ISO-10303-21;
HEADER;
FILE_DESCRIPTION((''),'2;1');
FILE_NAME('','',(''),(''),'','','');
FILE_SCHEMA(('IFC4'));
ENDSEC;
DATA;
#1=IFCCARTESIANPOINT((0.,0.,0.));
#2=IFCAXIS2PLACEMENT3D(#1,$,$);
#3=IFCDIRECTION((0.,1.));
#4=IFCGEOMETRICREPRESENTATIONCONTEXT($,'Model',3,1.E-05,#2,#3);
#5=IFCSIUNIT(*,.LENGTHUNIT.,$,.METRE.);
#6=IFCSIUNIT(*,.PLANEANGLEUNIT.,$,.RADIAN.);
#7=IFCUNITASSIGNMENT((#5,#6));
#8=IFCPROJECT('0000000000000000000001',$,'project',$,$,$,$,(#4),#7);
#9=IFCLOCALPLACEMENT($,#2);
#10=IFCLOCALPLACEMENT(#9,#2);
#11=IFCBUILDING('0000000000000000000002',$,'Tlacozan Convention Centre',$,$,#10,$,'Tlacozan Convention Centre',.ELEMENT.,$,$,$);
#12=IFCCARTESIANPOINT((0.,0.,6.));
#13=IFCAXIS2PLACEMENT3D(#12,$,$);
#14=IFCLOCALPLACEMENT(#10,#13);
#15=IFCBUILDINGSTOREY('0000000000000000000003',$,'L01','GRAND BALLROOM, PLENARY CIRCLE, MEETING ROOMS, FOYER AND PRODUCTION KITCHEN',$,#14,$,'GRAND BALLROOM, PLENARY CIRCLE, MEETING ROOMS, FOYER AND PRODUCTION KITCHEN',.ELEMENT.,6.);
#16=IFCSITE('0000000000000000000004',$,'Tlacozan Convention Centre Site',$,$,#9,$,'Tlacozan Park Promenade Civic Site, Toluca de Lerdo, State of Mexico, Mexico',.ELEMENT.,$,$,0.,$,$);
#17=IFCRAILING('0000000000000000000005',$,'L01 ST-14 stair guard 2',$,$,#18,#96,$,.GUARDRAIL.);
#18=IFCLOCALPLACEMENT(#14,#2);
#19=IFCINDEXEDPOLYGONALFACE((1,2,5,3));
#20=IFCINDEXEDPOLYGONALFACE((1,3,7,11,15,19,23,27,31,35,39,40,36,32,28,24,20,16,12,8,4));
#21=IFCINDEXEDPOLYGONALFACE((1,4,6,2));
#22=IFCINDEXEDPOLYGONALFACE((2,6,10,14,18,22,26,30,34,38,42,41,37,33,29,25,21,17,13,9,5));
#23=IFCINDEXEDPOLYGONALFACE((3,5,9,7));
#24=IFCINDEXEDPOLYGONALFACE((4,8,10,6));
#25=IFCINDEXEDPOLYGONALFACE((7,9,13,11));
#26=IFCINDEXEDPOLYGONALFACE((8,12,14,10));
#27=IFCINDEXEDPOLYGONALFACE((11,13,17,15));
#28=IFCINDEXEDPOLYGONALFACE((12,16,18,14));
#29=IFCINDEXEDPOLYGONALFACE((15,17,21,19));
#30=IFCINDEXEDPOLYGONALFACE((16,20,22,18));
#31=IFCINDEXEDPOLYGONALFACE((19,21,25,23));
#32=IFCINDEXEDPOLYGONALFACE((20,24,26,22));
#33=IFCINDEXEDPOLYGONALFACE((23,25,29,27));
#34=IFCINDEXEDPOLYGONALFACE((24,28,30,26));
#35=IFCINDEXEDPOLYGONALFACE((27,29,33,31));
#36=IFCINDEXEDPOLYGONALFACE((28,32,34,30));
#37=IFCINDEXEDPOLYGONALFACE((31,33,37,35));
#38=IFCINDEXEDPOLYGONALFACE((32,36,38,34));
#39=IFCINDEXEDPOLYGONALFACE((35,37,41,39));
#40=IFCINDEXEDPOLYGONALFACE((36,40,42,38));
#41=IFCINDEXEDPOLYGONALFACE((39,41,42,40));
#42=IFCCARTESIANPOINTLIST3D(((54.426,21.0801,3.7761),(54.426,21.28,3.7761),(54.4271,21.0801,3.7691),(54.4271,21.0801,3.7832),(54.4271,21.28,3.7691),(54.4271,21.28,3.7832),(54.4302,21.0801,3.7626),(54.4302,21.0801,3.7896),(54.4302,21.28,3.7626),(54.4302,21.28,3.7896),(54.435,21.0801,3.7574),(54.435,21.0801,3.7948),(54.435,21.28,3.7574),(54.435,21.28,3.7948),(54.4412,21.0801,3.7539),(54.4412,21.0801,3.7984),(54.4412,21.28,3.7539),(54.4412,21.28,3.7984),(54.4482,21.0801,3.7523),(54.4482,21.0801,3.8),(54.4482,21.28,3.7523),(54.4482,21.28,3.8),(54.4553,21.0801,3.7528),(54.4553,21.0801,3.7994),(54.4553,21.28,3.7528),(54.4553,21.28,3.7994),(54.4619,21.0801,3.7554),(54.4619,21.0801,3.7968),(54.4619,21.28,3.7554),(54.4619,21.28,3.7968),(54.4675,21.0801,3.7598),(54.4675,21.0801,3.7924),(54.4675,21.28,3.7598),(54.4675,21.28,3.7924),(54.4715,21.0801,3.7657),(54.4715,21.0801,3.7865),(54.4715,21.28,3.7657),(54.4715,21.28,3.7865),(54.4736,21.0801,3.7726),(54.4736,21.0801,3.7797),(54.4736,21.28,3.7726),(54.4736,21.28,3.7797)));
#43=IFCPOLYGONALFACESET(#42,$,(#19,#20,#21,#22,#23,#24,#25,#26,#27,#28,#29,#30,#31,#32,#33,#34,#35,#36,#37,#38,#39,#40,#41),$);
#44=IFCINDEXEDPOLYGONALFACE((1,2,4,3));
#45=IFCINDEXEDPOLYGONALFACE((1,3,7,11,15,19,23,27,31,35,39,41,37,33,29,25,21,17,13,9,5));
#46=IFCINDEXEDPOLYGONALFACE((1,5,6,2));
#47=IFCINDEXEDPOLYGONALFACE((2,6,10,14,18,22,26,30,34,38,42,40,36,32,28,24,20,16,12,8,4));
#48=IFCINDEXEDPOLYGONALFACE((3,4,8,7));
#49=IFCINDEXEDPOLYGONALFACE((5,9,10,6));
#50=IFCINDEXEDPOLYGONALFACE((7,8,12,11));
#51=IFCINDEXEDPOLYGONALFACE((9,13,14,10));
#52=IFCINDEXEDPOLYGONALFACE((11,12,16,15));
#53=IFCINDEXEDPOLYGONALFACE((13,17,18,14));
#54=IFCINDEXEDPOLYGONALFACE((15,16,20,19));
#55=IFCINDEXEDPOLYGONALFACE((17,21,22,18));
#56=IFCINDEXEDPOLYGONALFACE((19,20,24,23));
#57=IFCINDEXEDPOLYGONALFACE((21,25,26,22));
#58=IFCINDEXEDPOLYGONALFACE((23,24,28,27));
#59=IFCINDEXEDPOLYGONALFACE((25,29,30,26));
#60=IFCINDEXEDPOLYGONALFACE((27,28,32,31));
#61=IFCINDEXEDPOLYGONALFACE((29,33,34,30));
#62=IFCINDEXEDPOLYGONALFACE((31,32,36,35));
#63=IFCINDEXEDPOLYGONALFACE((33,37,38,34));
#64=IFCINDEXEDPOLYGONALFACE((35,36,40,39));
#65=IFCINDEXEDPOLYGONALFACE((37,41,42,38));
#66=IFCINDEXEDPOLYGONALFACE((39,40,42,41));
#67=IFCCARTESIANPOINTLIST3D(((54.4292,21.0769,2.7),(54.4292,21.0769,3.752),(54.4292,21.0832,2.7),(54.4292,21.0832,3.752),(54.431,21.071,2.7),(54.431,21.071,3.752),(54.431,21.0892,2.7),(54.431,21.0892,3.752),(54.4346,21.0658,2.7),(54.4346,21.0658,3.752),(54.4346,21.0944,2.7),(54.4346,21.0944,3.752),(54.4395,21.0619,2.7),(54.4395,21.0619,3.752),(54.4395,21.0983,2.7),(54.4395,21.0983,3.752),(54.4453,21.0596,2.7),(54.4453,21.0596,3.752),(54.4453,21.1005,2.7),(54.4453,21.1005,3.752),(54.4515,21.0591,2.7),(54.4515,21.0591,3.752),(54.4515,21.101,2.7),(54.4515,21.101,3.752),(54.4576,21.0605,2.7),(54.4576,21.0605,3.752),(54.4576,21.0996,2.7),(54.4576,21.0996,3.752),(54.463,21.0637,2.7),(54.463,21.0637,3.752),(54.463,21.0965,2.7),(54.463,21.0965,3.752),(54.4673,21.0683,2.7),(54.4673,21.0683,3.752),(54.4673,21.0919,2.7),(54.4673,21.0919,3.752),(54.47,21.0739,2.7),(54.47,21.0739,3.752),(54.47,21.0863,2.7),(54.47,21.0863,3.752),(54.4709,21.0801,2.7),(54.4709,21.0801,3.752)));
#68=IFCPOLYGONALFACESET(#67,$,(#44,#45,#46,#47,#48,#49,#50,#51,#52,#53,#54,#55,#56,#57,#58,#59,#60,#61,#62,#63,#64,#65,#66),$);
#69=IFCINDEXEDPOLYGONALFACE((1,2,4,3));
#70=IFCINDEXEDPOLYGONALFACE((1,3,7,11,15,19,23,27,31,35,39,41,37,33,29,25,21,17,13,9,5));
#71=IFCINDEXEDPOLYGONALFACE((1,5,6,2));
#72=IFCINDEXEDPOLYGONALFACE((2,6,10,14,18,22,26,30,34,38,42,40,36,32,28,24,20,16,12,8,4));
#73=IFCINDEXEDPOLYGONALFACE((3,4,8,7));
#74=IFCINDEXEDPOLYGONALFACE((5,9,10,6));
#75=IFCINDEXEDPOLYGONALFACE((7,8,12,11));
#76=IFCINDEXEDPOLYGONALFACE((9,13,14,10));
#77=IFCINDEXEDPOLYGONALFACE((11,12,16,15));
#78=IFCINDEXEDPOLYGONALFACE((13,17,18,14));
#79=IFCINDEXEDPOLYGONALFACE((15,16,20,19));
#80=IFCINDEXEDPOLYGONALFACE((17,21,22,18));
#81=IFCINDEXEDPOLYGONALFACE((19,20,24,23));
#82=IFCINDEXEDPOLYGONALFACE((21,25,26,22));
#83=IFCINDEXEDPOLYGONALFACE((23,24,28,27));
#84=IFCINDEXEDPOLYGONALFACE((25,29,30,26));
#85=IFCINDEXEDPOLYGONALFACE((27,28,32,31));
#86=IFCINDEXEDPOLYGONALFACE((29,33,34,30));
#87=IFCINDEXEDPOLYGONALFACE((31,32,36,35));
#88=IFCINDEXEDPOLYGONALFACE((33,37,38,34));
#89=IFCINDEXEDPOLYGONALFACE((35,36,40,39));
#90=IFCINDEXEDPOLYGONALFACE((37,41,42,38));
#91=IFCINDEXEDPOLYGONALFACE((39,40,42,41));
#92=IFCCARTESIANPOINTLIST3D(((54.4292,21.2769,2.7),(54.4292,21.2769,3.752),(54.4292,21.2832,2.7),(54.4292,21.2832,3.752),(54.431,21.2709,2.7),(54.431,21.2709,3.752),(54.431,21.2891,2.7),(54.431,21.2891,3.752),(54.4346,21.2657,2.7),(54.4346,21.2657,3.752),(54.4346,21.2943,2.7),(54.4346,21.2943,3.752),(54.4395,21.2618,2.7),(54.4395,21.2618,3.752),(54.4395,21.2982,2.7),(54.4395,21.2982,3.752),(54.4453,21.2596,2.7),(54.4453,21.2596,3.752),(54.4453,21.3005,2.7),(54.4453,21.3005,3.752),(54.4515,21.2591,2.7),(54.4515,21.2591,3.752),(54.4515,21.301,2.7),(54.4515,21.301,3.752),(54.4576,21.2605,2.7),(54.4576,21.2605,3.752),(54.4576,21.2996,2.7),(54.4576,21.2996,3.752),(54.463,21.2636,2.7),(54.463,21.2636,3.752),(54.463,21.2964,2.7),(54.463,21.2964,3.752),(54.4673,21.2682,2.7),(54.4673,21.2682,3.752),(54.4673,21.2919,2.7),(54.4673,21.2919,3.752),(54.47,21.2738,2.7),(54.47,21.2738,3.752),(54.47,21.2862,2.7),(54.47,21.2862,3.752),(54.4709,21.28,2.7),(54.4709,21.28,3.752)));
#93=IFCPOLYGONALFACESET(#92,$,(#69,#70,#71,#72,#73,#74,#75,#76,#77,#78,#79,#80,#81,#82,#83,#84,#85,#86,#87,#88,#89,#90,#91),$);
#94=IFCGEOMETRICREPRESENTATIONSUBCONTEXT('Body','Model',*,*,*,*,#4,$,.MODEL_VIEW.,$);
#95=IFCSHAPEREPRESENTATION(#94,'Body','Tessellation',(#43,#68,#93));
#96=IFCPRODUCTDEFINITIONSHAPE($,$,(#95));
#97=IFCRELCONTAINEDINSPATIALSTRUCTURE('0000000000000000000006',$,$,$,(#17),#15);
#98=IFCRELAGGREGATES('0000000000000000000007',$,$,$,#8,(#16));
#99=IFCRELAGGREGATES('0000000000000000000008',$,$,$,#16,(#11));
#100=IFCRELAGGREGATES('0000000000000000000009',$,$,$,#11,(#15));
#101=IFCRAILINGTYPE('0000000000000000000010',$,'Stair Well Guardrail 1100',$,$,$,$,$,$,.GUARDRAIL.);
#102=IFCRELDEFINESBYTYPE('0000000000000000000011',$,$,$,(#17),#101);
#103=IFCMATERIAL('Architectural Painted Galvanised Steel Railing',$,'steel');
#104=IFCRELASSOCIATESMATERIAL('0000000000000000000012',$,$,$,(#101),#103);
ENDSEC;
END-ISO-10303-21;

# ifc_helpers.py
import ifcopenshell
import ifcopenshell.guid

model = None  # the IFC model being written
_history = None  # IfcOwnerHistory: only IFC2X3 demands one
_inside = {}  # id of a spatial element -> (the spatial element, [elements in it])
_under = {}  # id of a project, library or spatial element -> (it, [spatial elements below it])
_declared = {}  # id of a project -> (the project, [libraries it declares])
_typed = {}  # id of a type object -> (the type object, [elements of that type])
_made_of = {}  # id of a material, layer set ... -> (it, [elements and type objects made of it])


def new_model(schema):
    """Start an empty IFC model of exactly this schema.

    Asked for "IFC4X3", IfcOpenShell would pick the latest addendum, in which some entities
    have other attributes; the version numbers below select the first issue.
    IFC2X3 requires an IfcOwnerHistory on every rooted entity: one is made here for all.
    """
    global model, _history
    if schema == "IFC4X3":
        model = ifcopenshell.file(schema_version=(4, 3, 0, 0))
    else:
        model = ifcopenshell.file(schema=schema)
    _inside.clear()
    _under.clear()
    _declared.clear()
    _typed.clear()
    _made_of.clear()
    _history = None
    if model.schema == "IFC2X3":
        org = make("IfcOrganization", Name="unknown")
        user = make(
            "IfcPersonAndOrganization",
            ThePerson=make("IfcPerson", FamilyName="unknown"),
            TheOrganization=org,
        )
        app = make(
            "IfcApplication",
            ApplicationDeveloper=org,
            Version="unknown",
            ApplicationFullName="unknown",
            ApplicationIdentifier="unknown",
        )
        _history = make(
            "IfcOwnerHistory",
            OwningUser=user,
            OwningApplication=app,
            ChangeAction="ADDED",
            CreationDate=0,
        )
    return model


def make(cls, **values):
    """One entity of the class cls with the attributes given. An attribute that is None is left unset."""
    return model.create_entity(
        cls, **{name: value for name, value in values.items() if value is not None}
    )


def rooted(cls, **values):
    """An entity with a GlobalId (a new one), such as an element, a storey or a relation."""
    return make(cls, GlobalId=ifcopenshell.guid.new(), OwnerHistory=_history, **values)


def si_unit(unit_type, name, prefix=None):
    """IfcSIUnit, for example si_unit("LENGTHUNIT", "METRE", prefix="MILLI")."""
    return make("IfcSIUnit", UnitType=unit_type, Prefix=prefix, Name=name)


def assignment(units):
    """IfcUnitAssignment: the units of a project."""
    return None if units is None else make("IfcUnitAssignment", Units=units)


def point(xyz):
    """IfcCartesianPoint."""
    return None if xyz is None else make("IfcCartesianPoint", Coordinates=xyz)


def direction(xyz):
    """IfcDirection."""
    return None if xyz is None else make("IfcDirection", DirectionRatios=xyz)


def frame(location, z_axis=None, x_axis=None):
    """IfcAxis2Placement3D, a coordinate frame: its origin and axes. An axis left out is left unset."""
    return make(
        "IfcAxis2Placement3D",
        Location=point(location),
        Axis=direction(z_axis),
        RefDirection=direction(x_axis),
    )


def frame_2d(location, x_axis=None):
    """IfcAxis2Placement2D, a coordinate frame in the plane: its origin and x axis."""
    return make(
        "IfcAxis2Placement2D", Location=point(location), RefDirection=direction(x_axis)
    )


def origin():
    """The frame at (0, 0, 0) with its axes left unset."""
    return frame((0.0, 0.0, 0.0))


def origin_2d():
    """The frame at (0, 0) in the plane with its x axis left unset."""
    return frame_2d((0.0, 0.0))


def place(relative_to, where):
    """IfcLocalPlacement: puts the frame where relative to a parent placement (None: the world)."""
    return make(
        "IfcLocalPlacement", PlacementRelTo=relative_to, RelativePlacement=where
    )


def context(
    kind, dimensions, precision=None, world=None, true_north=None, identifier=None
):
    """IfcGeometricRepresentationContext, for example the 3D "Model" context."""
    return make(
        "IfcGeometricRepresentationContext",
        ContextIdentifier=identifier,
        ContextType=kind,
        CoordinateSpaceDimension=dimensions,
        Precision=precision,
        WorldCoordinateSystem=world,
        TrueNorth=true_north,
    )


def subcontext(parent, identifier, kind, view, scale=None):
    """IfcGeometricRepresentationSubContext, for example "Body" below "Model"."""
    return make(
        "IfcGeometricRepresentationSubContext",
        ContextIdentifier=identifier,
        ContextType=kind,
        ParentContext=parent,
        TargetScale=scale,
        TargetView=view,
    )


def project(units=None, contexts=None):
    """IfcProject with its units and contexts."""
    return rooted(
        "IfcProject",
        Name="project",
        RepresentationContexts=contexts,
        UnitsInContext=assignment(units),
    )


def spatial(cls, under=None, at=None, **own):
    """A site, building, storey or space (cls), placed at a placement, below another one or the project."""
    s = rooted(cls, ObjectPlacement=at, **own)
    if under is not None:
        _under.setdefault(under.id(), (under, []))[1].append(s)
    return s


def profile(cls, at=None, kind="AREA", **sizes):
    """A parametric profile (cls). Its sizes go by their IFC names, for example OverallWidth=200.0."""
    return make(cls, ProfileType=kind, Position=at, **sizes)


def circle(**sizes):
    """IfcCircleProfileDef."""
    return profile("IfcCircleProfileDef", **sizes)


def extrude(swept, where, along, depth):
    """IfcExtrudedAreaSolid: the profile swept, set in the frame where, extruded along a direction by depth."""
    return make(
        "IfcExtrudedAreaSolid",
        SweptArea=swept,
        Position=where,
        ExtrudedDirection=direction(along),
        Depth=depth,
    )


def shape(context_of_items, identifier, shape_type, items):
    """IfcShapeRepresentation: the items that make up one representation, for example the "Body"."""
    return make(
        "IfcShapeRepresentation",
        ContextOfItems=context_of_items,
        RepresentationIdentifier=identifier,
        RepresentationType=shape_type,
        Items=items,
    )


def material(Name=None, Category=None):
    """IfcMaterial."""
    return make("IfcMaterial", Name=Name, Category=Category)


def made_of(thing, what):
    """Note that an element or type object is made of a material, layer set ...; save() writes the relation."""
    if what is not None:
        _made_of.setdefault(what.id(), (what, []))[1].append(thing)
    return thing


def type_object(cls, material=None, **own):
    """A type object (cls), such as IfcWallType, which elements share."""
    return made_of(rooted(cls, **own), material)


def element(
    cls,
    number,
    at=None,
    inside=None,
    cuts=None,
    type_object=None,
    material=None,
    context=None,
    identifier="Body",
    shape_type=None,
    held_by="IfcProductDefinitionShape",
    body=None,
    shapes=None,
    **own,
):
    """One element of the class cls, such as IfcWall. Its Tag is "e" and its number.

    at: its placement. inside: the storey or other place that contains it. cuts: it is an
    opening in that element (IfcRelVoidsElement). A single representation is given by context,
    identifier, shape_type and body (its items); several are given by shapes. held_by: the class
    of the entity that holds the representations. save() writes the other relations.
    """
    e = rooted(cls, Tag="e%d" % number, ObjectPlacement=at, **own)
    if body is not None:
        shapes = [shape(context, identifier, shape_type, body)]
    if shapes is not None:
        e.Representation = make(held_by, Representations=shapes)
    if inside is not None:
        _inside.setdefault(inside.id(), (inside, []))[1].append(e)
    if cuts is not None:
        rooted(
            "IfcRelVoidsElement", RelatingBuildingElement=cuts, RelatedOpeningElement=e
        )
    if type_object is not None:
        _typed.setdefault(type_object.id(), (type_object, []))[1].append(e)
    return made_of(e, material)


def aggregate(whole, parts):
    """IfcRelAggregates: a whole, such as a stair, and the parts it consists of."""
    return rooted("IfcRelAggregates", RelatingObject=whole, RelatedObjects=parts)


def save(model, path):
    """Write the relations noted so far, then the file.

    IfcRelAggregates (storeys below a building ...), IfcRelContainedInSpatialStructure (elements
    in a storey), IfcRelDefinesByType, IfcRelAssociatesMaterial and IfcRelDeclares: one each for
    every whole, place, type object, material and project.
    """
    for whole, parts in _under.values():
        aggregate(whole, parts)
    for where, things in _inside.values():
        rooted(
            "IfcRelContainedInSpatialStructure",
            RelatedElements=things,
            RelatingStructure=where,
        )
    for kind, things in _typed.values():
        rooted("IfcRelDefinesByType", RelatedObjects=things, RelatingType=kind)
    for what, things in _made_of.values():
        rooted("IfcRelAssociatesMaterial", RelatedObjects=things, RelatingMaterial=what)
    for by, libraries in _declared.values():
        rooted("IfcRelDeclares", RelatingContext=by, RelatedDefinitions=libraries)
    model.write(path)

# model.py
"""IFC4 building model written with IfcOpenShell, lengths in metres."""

from ifc_helpers import new_model, si_unit, direction, frame, origin, origin_2d, place, context, subcontext, project, spatial, circle, extrude, material, type_object, element, save


model = new_model("IFC4")

# Units and contexts
model_context = context("Model", 3, precision=1e-05, world=origin(), true_north=direction((0.0, 1.0)))
body_context = subcontext(model_context, "Body", "Model", "MODEL_VIEW")
ifc_project = project(units=[si_unit("LENGTHUNIT", "METRE"), si_unit("PLANEANGLEUNIT", "RADIAN")], contexts=[model_context])

# Site, building, storey
site_placement = place(None, origin())
site = spatial("IfcSite", under=ifc_project, at=site_placement, Name="Tlacozan Convention Centre Site", LongName="Tlacozan Park Promenade Civic Site, Toluca de Lerdo, State of Mexico, Mexico", CompositionType="ELEMENT", RefElevation=0.0)
building_placement = place(site_placement, origin())
building = spatial("IfcBuilding", under=site, at=building_placement, Name="Tlacozan Convention Centre", LongName="Tlacozan Convention Centre", CompositionType="ELEMENT")
storey_placement = place(building_placement, frame((0.0, 0.0, 6.0)))
storey = spatial("IfcBuildingStorey", under=building, at=storey_placement, Name="L01", Description="GRAND BALLROOM, PLENARY CIRCLE, MEETING ROOMS, FOYER AND PRODUCTION KITCHEN", LongName="GRAND BALLROOM, PLENARY CIRCLE, MEETING ROOMS, FOYER AND PRODUCTION KITCHEN", CompositionType="ELEMENT", Elevation=6.0)

# Railing
ifc_material_1 = material(Name="Architectural Painted Galvanised Steel Railing", Category="steel")
railing_type_1 = type_object("IfcRailingType", Name="Stair Well Guardrail 1100", PredefinedType="GUARDRAIL", material=ifc_material_1)
railing_1_placement = place(storey_placement, frame((54.45, 21.0801, 2.7)))
element("IfcRailing", 1, at=railing_1_placement, inside=storey, type_object=railing_type_1, Name="L01 ST-14 stair guard 2", PredefinedType="GUARDRAIL", context=body_context, shape_type="SweptSolid", body=[
    extrude(circle(Radius=0.0239, at=origin_2d()), frame((0.0, 0.0, 1.0762), z_axis=(0.0, 1.0, 0.0), x_axis=(-1.0, 0.0, 0.0)), (0.0, 0.0, 1.0), 0.2),
    extrude(circle(Radius=0.021, at=origin_2d()), origin(), (0.0, 0.0, 1.0), 1.052),
    extrude(circle(Radius=0.021, at=origin_2d()), frame((0.0, 0.2, 0.0)), (0.0, 0.0, 1.0), 1.052),
])

save(model, "model.ifc")
